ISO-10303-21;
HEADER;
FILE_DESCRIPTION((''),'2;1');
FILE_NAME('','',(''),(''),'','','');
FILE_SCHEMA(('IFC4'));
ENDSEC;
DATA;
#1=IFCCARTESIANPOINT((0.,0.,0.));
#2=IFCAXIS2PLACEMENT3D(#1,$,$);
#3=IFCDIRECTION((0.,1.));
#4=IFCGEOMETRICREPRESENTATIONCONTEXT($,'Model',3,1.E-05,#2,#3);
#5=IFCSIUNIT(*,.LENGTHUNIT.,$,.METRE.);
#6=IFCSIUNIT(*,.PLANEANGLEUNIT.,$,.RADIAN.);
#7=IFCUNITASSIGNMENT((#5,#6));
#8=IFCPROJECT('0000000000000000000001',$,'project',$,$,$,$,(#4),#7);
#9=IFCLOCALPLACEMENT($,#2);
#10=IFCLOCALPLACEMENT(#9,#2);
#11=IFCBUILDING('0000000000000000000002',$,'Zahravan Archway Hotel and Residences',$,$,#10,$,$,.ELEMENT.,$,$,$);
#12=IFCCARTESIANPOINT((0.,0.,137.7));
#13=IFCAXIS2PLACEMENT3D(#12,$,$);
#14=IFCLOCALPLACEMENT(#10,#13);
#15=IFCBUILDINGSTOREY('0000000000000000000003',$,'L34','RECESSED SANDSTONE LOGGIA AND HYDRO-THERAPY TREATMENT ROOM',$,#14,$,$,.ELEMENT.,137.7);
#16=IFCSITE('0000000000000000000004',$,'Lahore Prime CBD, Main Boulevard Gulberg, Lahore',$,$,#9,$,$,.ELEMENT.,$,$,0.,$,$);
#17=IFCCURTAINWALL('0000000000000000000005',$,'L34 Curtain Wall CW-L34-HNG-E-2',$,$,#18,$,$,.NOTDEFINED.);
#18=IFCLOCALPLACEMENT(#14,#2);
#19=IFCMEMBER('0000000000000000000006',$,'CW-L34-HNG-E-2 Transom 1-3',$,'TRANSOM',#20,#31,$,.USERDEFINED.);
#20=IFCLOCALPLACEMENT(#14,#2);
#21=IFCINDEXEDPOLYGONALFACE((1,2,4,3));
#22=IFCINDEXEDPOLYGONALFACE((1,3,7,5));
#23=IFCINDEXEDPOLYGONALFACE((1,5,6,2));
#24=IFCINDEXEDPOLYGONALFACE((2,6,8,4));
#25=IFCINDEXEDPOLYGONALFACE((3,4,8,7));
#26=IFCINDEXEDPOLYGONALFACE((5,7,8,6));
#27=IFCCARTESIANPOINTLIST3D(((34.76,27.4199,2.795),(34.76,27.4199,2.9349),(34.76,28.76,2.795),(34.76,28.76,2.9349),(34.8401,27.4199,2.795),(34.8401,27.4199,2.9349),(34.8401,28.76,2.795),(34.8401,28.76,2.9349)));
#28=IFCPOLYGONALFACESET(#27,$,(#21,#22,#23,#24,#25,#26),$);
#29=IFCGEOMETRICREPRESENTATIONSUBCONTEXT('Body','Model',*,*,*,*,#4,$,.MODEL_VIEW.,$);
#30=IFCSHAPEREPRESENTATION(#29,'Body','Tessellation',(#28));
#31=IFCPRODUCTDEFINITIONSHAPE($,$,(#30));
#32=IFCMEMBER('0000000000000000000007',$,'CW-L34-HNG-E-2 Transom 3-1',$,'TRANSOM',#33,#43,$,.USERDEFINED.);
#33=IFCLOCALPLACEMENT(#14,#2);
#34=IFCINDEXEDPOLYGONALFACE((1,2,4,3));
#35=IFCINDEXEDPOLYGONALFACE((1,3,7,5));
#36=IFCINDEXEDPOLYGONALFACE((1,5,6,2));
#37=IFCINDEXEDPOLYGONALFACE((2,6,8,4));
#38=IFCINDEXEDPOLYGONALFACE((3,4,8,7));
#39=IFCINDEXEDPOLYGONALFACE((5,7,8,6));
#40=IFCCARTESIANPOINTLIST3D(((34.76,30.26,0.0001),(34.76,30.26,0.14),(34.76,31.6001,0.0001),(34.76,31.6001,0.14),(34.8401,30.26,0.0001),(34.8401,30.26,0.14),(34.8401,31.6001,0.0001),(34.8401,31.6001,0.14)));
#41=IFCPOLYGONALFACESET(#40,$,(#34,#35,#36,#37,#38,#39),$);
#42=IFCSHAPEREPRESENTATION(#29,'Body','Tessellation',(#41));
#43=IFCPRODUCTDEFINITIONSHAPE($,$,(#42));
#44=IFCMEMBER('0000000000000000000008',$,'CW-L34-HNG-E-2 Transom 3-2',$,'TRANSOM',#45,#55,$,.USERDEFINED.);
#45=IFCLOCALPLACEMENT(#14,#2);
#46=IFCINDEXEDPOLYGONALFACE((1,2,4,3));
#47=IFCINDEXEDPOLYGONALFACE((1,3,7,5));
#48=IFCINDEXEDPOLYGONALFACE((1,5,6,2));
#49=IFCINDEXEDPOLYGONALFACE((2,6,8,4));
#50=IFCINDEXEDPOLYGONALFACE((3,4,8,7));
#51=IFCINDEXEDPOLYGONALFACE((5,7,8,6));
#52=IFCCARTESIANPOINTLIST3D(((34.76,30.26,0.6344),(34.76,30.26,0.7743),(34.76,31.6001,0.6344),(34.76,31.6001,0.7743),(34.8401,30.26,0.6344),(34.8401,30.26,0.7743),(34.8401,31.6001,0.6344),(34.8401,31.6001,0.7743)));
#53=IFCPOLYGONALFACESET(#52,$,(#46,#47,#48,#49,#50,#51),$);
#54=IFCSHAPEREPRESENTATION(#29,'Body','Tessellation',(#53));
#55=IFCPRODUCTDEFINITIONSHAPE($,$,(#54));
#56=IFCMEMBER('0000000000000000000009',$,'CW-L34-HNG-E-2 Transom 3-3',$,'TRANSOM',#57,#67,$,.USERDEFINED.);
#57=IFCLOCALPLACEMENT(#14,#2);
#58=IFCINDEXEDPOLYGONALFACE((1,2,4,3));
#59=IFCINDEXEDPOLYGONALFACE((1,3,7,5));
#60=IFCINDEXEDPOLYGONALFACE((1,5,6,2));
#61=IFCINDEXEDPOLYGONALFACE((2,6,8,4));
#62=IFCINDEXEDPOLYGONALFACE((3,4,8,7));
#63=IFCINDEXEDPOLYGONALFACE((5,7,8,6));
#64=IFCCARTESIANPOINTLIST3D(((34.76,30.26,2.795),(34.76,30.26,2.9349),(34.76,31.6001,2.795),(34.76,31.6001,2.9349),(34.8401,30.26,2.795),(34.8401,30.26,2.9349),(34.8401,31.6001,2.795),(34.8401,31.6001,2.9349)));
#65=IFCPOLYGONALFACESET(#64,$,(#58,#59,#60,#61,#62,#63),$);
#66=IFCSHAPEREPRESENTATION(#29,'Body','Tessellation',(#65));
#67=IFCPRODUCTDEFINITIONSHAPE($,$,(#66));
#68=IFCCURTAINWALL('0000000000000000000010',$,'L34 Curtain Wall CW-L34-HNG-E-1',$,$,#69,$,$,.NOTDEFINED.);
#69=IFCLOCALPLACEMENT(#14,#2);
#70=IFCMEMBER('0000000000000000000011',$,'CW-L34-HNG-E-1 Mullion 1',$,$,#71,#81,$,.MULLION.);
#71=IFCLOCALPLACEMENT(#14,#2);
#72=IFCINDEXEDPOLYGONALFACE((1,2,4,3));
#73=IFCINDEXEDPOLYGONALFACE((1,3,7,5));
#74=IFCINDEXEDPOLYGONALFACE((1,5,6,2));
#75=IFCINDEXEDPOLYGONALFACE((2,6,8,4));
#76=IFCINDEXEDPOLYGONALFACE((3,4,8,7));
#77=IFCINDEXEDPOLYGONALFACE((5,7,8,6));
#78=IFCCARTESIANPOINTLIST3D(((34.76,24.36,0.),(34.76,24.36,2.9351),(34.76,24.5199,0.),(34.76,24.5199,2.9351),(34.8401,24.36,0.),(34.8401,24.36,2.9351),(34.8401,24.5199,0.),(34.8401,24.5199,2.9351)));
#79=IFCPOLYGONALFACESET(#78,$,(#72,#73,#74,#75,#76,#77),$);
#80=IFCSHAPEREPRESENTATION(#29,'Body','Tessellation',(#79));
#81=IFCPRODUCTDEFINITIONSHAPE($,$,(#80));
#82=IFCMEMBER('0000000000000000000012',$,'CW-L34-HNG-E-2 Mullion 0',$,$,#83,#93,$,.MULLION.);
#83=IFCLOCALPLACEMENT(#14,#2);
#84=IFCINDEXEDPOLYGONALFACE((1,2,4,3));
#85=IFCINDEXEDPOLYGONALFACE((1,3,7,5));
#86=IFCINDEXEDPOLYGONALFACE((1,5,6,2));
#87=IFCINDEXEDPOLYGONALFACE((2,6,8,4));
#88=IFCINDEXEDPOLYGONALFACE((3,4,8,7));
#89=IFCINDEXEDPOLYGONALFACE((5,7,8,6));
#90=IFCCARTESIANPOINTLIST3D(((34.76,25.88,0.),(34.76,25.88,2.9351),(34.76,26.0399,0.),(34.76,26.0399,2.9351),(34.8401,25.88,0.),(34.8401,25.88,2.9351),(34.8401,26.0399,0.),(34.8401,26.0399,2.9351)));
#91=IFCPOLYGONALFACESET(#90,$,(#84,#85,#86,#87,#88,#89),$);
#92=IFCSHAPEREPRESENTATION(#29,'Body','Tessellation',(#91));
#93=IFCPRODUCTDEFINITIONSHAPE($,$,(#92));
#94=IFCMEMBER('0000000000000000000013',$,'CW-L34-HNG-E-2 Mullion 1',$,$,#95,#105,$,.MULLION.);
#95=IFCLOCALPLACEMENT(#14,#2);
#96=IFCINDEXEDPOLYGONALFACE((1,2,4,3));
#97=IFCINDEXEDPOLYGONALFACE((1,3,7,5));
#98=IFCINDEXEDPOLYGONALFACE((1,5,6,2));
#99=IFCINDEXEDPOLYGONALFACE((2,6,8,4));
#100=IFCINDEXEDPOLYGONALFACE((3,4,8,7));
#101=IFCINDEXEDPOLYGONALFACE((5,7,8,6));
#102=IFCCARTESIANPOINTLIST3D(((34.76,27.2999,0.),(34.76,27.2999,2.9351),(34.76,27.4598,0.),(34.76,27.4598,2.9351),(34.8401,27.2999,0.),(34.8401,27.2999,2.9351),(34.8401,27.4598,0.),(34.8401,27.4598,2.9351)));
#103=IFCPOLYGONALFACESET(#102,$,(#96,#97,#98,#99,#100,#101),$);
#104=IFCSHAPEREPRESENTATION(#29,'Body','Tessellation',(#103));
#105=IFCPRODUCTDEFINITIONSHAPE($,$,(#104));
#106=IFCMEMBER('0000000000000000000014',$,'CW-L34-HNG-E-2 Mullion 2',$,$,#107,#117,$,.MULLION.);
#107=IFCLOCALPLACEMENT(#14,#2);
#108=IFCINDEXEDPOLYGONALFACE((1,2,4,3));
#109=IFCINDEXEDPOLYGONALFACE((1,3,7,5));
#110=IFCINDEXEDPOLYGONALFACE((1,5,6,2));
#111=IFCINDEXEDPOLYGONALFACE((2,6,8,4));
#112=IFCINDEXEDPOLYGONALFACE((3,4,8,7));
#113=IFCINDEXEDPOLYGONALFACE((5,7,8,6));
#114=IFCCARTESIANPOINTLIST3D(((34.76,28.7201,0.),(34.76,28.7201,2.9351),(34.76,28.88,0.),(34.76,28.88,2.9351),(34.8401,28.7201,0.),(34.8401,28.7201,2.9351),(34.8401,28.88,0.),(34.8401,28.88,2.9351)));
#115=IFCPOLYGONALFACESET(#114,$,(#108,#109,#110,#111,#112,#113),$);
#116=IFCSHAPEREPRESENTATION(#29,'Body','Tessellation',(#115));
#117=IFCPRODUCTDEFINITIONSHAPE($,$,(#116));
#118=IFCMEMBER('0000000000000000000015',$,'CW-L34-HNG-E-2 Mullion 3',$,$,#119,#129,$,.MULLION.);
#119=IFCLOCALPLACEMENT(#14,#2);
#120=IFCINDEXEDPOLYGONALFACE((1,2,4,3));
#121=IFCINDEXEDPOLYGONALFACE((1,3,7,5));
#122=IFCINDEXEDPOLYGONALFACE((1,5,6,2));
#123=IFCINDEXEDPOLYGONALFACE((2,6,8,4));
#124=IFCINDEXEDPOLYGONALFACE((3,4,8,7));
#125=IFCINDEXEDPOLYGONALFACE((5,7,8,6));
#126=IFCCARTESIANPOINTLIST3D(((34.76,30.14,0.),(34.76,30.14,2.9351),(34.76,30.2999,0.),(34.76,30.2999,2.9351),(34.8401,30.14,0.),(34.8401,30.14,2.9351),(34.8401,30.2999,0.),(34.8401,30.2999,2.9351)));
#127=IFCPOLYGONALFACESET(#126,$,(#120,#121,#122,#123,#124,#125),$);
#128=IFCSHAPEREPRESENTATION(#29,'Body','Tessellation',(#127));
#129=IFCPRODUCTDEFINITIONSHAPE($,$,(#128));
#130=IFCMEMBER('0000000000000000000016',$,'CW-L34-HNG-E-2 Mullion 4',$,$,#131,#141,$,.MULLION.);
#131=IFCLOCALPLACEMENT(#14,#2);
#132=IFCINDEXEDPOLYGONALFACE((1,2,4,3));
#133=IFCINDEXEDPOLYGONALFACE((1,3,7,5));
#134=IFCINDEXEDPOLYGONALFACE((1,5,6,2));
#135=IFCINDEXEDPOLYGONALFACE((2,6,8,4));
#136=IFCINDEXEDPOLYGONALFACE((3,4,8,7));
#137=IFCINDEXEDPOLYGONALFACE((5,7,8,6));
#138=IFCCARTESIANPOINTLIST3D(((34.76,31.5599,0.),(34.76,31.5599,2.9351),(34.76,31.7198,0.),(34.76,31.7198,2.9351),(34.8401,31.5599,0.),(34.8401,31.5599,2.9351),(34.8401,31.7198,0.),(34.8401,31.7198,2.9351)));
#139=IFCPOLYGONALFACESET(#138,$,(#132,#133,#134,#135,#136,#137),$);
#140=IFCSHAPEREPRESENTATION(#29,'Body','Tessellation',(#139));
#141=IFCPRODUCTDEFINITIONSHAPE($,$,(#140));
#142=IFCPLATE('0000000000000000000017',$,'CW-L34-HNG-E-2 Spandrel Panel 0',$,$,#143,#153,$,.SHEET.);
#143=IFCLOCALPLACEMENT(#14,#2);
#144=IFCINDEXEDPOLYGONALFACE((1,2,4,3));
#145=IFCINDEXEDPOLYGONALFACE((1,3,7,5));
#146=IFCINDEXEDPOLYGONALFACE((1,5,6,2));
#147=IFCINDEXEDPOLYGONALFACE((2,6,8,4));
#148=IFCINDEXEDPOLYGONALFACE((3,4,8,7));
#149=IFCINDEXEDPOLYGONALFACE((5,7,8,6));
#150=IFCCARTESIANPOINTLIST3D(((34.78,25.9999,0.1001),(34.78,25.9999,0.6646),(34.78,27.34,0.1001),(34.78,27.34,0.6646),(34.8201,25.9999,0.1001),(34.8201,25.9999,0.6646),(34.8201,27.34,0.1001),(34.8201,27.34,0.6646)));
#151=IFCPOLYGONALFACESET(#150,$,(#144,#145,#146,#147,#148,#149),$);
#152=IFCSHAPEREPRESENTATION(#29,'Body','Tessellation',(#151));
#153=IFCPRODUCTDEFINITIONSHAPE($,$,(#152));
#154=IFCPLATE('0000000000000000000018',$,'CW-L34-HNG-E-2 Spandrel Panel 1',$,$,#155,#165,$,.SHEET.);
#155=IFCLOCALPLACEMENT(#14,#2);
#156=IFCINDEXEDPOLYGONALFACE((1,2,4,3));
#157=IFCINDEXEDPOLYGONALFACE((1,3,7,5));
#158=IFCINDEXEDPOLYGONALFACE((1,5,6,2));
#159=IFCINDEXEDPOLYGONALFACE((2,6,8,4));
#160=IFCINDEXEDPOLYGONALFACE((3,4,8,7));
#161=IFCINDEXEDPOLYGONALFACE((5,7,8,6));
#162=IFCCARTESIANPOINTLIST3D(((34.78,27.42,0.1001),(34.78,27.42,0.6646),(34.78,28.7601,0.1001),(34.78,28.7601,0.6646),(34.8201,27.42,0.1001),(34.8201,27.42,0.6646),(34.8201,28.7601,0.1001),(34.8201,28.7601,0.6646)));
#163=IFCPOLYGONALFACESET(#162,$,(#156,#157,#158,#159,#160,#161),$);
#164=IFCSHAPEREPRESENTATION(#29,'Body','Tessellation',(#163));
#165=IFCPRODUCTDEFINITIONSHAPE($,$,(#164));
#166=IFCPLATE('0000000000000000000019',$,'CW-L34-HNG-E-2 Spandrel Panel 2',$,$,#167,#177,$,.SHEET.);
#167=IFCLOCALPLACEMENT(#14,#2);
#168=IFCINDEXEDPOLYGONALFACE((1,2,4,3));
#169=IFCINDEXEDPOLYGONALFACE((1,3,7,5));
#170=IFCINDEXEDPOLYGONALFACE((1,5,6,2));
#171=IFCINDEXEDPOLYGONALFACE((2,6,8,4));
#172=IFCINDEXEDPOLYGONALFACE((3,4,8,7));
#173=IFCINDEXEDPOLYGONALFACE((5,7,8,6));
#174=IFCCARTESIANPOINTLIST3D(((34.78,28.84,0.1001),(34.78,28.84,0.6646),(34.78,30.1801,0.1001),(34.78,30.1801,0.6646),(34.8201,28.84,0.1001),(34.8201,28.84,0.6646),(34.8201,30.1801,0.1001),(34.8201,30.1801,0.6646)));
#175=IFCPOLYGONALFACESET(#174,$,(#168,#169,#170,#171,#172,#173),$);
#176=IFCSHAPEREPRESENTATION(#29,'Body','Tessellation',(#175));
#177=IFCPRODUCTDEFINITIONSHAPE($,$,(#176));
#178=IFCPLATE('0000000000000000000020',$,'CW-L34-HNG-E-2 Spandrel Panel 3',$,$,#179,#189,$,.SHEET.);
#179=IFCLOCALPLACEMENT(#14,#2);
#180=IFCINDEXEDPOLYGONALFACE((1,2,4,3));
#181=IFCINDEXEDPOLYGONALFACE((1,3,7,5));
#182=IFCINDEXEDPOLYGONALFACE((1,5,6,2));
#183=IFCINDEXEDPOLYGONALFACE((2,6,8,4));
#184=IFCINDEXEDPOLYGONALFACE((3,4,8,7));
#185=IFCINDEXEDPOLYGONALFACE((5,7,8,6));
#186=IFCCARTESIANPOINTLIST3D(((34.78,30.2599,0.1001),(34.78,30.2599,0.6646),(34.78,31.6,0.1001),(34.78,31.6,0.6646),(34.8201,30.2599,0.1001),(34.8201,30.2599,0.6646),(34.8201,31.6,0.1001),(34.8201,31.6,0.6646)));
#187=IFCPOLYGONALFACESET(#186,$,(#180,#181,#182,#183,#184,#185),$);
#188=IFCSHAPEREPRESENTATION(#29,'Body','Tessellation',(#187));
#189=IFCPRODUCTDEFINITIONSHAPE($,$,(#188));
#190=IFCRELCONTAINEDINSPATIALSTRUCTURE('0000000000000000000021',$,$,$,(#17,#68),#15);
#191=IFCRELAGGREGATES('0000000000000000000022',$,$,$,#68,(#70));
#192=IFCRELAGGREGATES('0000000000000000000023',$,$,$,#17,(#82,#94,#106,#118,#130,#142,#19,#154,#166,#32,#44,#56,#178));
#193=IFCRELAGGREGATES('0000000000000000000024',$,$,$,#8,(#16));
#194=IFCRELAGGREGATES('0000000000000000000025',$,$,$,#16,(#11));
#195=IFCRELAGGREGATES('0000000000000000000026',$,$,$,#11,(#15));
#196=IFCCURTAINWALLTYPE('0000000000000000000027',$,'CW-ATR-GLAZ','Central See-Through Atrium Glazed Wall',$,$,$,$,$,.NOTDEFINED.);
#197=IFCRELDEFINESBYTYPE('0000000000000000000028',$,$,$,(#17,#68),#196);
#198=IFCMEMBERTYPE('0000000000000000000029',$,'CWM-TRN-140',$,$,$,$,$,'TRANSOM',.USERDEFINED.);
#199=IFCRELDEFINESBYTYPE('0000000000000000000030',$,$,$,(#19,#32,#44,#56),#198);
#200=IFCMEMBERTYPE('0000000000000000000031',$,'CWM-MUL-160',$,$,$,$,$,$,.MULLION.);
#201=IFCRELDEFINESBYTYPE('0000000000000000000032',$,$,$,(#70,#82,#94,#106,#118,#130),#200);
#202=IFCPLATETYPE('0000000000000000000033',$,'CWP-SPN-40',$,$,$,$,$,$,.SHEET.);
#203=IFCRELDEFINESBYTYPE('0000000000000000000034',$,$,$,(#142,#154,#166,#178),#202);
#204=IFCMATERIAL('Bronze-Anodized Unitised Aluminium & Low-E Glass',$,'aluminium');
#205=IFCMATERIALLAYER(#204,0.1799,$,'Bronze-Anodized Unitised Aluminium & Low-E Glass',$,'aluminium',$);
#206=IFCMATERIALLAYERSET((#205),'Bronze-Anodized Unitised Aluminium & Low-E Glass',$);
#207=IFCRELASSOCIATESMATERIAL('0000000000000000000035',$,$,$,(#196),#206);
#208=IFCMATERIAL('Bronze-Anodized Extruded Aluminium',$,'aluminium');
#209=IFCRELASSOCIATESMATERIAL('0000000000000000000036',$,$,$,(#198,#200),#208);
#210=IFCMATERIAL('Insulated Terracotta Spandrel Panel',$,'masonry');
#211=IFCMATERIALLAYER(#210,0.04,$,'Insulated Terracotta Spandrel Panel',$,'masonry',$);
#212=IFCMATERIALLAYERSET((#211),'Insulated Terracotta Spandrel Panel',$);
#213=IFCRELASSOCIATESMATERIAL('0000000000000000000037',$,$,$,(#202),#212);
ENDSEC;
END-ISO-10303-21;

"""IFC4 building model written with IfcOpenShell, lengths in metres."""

from ifc_helpers import new_model, si_unit, direction, frame, origin, origin_2d, place, context, subcontext, project, spatial, rectangle, extrude, source, transform, mapped, material, layer, layer_set, material_profile, profile_set, type_object, element, aggregate, save


model = new_model("IFC4")

# Units and contexts
model_context = context("Model", 3, precision=1e-05, world=origin(), true_north=direction((0.0, 1.0)))
body_context = subcontext(model_context, "Body", "Model", "MODEL_VIEW")
ifc_project = project(units=[si_unit("LENGTHUNIT", "METRE"), si_unit("PLANEANGLEUNIT", "RADIAN")], contexts=[model_context])

# Site, building, storey
site_placement = place(None, origin())
site = spatial("IfcSite", under=ifc_project, at=site_placement, Name="Lahore Prime CBD, Main Boulevard Gulberg, Lahore", CompositionType="ELEMENT", RefElevation=0.0)
building_placement = place(site_placement, origin())
building = spatial("IfcBuilding", under=site, at=building_placement, Name="Zahravan Archway Hotel and Residences", CompositionType="ELEMENT")
storey_placement = place(building_placement, frame((0.0, 0.0, 137.7)))
storey = spatial("IfcBuildingStorey", under=building, at=storey_placement, Name="L34", Description="RECESSED SANDSTONE LOGGIA AND HYDRO-THERAPY TREATMENT ROOM", CompositionType="ELEMENT", Elevation=137.7)

# Curtain wall, members
ifc_material_1 = material(Name="Bronze-Anodized Unitised Aluminium & Low-E Glass", Category="aluminium")
ifc_layer_1 = layer(ifc_material_1, 0.1799, Name="Bronze-Anodized Unitised Aluminium & Low-E Glass", Category="aluminium")
ifc_layer_set_1 = layer_set([ifc_layer_1], Name="Bronze-Anodized Unitised Aluminium & Low-E Glass")
curtain_wall_type = type_object("IfcCurtainWallType", Name="CW-ATR-GLAZ", Description="Central See-Through Atrium Glazed Wall", PredefinedType="NOTDEFINED", material=ifc_layer_set_1)
curtain_wall_1_placement = place(storey_placement, origin())
curtain_wall_1 = element("IfcCurtainWall", 1, at=curtain_wall_1_placement, inside=storey, type_object=curtain_wall_type, Name="L34 Curtain Wall CW-L34-HNG-E-2", PredefinedType="NOTDEFINED")
ifc_material_2 = material(Name="Bronze-Anodized Extruded Aluminium", Category="aluminium")
ifc_material_profile_1 = material_profile(ifc_material_2, rectangle(XDim=0.0801, YDim=0.1399, at=origin_2d()), Name="TRN 80x140", Category="aluminium")
ifc_profile_set_1 = profile_set([ifc_material_profile_1], Name="Bronze-Anodized Extruded Aluminium")
member_type_1 = type_object("IfcMemberType", Name="CWM-TRN-140", ElementType="TRANSOM", PredefinedType="USERDEFINED", material=ifc_profile_set_1)
shared_shape_1 = source(origin(), body_context, "Body", "SweptSolid", [
    extrude(rectangle(XDim=0.0801, YDim=0.1399, at=origin_2d()), origin(), (0.0, 0.0, 1.0), 1.3401),
])
member_1_placement = place(storey_placement, frame((34.8, 27.4199, 2.865), z_axis=(0.0, 1.0, 0.0), x_axis=(-1.0, 0.0, 0.0)))
member_1 = element("IfcMember", 2, at=member_1_placement, type_object=member_type_1, Name="CW-L34-HNG-E-2 Transom 1-3", ObjectType="TRANSOM", PredefinedType="USERDEFINED", context=body_context, shape_type="MappedRepresentation", body=[
    mapped(shared_shape_1, transform((0.0, 0.0, 0.0), scale=1.0)),
])
member_2_placement = place(storey_placement, frame((34.8, 30.26, 0.0701), z_axis=(0.0, 1.0, 0.0), x_axis=(-1.0, 0.0, 0.0)))
member_2 = element("IfcMember", 3, at=member_2_placement, type_object=member_type_1, Name="CW-L34-HNG-E-2 Transom 3-1", ObjectType="TRANSOM", PredefinedType="USERDEFINED", context=body_context, shape_type="MappedRepresentation", body=[
    mapped(shared_shape_1, transform((0.0, 0.0, 0.0), scale=1.0)),
])
member_3_placement = place(storey_placement, frame((34.8, 30.26, 0.7043), z_axis=(0.0, 1.0, 0.0), x_axis=(-1.0, 0.0, 0.0)))
member_3 = element("IfcMember", 4, at=member_3_placement, type_object=member_type_1, Name="CW-L34-HNG-E-2 Transom 3-2", ObjectType="TRANSOM", PredefinedType="USERDEFINED", context=body_context, shape_type="MappedRepresentation", body=[
    mapped(shared_shape_1, transform((0.0, 0.0, 0.0), scale=1.0)),
])
member_4_placement = place(storey_placement, frame((34.8, 30.26, 2.865), z_axis=(0.0, 1.0, 0.0), x_axis=(-1.0, 0.0, 0.0)))
member_4 = element("IfcMember", 5, at=member_4_placement, type_object=member_type_1, Name="CW-L34-HNG-E-2 Transom 3-3", ObjectType="TRANSOM", PredefinedType="USERDEFINED", context=body_context, shape_type="MappedRepresentation", body=[
    mapped(shared_shape_1, transform((0.0, 0.0, 0.0), scale=1.0)),
])

# Curtain wall, member
curtain_wall_2_placement = place(storey_placement, origin())
curtain_wall_2 = element("IfcCurtainWall", 6, at=curtain_wall_2_placement, inside=storey, type_object=curtain_wall_type, Name="L34 Curtain Wall CW-L34-HNG-E-1", PredefinedType="NOTDEFINED")
ifc_material_profile_2 = material_profile(ifc_material_2, rectangle(XDim=0.0801, YDim=0.1599, at=origin_2d()), Name="MUL 80x160", Category="aluminium")
ifc_profile_set_2 = profile_set([ifc_material_profile_2], Name="Bronze-Anodized Extruded Aluminium")
member_type_2 = type_object("IfcMemberType", Name="CWM-MUL-160", PredefinedType="MULLION", material=ifc_profile_set_2)
shared_shape_2 = source(origin(), body_context, "Body", "SweptSolid", [
    extrude(rectangle(XDim=0.0801, YDim=0.1599, at=origin_2d()), origin(), (0.0, 0.0, 1.0), 2.9351),
])
member_5_placement = place(storey_placement, frame((34.8, 24.4399, 0.0), z_axis=(0.0, 0.0, 1.0), x_axis=(1.0, 0.0, 0.0)))
member_5 = element("IfcMember", 7, at=member_5_placement, type_object=member_type_2, Name="CW-L34-HNG-E-1 Mullion 1", PredefinedType="MULLION", context=body_context, shape_type="MappedRepresentation", body=[
    mapped(shared_shape_2, transform((0.0, 0.0, 0.0), scale=1.0)),
])
aggregate(curtain_wall_2, [member_5])

# Members
member_6_placement = place(storey_placement, frame((34.8, 25.96, 0.0), z_axis=(0.0, 0.0, 1.0), x_axis=(1.0, 0.0, 0.0)))
member_6 = element("IfcMember", 8, at=member_6_placement, type_object=member_type_2, Name="CW-L34-HNG-E-2 Mullion 0", PredefinedType="MULLION", context=body_context, shape_type="MappedRepresentation", body=[
    mapped(shared_shape_2, transform((0.0, 0.0, 0.0), scale=1.0)),
])
member_7_placement = place(storey_placement, frame((34.8, 27.3799, 0.0), z_axis=(0.0, 0.0, 1.0), x_axis=(1.0, 0.0, 0.0)))
member_7 = element("IfcMember", 9, at=member_7_placement, type_object=member_type_2, Name="CW-L34-HNG-E-2 Mullion 1", PredefinedType="MULLION", context=body_context, shape_type="MappedRepresentation", body=[
    mapped(shared_shape_2, transform((0.0, 0.0, 0.0), scale=1.0)),
])
member_8_placement = place(storey_placement, frame((34.8, 28.8, 0.0), z_axis=(0.0, 0.0, 1.0), x_axis=(1.0, 0.0, 0.0)))
member_8 = element("IfcMember", 10, at=member_8_placement, type_object=member_type_2, Name="CW-L34-HNG-E-2 Mullion 2", PredefinedType="MULLION", context=body_context, shape_type="MappedRepresentation", body=[
    mapped(shared_shape_2, transform((0.0, 0.0, 0.0), scale=1.0)),
])
member_9_placement = place(storey_placement, frame((34.8, 30.22, 0.0), z_axis=(0.0, 0.0, 1.0), x_axis=(1.0, 0.0, 0.0)))
member_9 = element("IfcMember", 11, at=member_9_placement, type_object=member_type_2, Name="CW-L34-HNG-E-2 Mullion 3", PredefinedType="MULLION", context=body_context, shape_type="MappedRepresentation", body=[
    mapped(shared_shape_2, transform((0.0, 0.0, 0.0), scale=1.0)),
])
member_10_placement = place(storey_placement, frame((34.8, 31.6399, 0.0), z_axis=(0.0, 0.0, 1.0), x_axis=(1.0, 0.0, 0.0)))
member_10 = element("IfcMember", 12, at=member_10_placement, type_object=member_type_2, Name="CW-L34-HNG-E-2 Mullion 4", PredefinedType="MULLION", context=body_context, shape_type="MappedRepresentation", body=[
    mapped(shared_shape_2, transform((0.0, 0.0, 0.0), scale=1.0)),
])

# Plates
ifc_material_3 = material(Name="Insulated Terracotta Spandrel Panel", Category="masonry")
ifc_layer_2 = layer(ifc_material_3, 0.04, Name="Insulated Terracotta Spandrel Panel", Category="masonry")
ifc_layer_set_2 = layer_set([ifc_layer_2], Name="Insulated Terracotta Spandrel Panel")
plate_type_1 = type_object("IfcPlateType", Name="CWP-SPN-40", PredefinedType="SHEET", material=ifc_layer_set_2)
shared_shape_3 = source(origin(), body_context, "Body", "SweptSolid", [
    extrude(rectangle(XDim=1.3401, YDim=0.04, at=origin_2d()), origin(), (0.0, 0.0, 1.0), 0.5645),
])
plate_1_placement = place(storey_placement, frame((34.8, 26.6699, 0.1001), z_axis=(0.0, 0.0, 1.0), x_axis=(0.0, 1.0, 0.0)))
plate_1 = element("IfcPlate", 13, at=plate_1_placement, type_object=plate_type_1, Name="CW-L34-HNG-E-2 Spandrel Panel 0", PredefinedType="SHEET", context=body_context, shape_type="MappedRepresentation", body=[
    mapped(shared_shape_3, transform((0.0, 0.0, 0.0), scale=1.0)),
])
plate_2_placement = place(storey_placement, frame((34.8, 28.0901, 0.1001), z_axis=(0.0, 0.0, 1.0), x_axis=(0.0, 1.0, 0.0)))
plate_2 = element("IfcPlate", 14, at=plate_2_placement, type_object=plate_type_1, Name="CW-L34-HNG-E-2 Spandrel Panel 1", PredefinedType="SHEET", context=body_context, shape_type="MappedRepresentation", body=[
    mapped(shared_shape_3, transform((0.0, 0.0, 0.0), scale=1.0)),
])
plate_3_placement = place(storey_placement, frame((34.8, 29.51, 0.1001), z_axis=(0.0, 0.0, 1.0), x_axis=(0.0, 1.0, 0.0)))
plate_3 = element("IfcPlate", 15, at=plate_3_placement, type_object=plate_type_1, Name="CW-L34-HNG-E-2 Spandrel Panel 2", PredefinedType="SHEET", context=body_context, shape_type="MappedRepresentation", body=[
    mapped(shared_shape_3, transform((0.0, 0.0, 0.0), scale=1.0)),
])
plate_4_placement = place(storey_placement, frame((34.8, 30.9299, 0.1001), z_axis=(0.0, 0.0, 1.0), x_axis=(0.0, 1.0, 0.0)))
plate_4 = element("IfcPlate", 16, at=plate_4_placement, type_object=plate_type_1, Name="CW-L34-HNG-E-2 Spandrel Panel 3", PredefinedType="SHEET", context=body_context, shape_type="MappedRepresentation", body=[
    mapped(shared_shape_3, transform((0.0, 0.0, 0.0), scale=1.0)),
])
aggregate(curtain_wall_1, [member_6, member_7, member_8, member_9, member_10, plate_1, member_1, plate_2, plate_3, member_2, member_3, member_4, plate_4])

save(model, "model.ifc")
